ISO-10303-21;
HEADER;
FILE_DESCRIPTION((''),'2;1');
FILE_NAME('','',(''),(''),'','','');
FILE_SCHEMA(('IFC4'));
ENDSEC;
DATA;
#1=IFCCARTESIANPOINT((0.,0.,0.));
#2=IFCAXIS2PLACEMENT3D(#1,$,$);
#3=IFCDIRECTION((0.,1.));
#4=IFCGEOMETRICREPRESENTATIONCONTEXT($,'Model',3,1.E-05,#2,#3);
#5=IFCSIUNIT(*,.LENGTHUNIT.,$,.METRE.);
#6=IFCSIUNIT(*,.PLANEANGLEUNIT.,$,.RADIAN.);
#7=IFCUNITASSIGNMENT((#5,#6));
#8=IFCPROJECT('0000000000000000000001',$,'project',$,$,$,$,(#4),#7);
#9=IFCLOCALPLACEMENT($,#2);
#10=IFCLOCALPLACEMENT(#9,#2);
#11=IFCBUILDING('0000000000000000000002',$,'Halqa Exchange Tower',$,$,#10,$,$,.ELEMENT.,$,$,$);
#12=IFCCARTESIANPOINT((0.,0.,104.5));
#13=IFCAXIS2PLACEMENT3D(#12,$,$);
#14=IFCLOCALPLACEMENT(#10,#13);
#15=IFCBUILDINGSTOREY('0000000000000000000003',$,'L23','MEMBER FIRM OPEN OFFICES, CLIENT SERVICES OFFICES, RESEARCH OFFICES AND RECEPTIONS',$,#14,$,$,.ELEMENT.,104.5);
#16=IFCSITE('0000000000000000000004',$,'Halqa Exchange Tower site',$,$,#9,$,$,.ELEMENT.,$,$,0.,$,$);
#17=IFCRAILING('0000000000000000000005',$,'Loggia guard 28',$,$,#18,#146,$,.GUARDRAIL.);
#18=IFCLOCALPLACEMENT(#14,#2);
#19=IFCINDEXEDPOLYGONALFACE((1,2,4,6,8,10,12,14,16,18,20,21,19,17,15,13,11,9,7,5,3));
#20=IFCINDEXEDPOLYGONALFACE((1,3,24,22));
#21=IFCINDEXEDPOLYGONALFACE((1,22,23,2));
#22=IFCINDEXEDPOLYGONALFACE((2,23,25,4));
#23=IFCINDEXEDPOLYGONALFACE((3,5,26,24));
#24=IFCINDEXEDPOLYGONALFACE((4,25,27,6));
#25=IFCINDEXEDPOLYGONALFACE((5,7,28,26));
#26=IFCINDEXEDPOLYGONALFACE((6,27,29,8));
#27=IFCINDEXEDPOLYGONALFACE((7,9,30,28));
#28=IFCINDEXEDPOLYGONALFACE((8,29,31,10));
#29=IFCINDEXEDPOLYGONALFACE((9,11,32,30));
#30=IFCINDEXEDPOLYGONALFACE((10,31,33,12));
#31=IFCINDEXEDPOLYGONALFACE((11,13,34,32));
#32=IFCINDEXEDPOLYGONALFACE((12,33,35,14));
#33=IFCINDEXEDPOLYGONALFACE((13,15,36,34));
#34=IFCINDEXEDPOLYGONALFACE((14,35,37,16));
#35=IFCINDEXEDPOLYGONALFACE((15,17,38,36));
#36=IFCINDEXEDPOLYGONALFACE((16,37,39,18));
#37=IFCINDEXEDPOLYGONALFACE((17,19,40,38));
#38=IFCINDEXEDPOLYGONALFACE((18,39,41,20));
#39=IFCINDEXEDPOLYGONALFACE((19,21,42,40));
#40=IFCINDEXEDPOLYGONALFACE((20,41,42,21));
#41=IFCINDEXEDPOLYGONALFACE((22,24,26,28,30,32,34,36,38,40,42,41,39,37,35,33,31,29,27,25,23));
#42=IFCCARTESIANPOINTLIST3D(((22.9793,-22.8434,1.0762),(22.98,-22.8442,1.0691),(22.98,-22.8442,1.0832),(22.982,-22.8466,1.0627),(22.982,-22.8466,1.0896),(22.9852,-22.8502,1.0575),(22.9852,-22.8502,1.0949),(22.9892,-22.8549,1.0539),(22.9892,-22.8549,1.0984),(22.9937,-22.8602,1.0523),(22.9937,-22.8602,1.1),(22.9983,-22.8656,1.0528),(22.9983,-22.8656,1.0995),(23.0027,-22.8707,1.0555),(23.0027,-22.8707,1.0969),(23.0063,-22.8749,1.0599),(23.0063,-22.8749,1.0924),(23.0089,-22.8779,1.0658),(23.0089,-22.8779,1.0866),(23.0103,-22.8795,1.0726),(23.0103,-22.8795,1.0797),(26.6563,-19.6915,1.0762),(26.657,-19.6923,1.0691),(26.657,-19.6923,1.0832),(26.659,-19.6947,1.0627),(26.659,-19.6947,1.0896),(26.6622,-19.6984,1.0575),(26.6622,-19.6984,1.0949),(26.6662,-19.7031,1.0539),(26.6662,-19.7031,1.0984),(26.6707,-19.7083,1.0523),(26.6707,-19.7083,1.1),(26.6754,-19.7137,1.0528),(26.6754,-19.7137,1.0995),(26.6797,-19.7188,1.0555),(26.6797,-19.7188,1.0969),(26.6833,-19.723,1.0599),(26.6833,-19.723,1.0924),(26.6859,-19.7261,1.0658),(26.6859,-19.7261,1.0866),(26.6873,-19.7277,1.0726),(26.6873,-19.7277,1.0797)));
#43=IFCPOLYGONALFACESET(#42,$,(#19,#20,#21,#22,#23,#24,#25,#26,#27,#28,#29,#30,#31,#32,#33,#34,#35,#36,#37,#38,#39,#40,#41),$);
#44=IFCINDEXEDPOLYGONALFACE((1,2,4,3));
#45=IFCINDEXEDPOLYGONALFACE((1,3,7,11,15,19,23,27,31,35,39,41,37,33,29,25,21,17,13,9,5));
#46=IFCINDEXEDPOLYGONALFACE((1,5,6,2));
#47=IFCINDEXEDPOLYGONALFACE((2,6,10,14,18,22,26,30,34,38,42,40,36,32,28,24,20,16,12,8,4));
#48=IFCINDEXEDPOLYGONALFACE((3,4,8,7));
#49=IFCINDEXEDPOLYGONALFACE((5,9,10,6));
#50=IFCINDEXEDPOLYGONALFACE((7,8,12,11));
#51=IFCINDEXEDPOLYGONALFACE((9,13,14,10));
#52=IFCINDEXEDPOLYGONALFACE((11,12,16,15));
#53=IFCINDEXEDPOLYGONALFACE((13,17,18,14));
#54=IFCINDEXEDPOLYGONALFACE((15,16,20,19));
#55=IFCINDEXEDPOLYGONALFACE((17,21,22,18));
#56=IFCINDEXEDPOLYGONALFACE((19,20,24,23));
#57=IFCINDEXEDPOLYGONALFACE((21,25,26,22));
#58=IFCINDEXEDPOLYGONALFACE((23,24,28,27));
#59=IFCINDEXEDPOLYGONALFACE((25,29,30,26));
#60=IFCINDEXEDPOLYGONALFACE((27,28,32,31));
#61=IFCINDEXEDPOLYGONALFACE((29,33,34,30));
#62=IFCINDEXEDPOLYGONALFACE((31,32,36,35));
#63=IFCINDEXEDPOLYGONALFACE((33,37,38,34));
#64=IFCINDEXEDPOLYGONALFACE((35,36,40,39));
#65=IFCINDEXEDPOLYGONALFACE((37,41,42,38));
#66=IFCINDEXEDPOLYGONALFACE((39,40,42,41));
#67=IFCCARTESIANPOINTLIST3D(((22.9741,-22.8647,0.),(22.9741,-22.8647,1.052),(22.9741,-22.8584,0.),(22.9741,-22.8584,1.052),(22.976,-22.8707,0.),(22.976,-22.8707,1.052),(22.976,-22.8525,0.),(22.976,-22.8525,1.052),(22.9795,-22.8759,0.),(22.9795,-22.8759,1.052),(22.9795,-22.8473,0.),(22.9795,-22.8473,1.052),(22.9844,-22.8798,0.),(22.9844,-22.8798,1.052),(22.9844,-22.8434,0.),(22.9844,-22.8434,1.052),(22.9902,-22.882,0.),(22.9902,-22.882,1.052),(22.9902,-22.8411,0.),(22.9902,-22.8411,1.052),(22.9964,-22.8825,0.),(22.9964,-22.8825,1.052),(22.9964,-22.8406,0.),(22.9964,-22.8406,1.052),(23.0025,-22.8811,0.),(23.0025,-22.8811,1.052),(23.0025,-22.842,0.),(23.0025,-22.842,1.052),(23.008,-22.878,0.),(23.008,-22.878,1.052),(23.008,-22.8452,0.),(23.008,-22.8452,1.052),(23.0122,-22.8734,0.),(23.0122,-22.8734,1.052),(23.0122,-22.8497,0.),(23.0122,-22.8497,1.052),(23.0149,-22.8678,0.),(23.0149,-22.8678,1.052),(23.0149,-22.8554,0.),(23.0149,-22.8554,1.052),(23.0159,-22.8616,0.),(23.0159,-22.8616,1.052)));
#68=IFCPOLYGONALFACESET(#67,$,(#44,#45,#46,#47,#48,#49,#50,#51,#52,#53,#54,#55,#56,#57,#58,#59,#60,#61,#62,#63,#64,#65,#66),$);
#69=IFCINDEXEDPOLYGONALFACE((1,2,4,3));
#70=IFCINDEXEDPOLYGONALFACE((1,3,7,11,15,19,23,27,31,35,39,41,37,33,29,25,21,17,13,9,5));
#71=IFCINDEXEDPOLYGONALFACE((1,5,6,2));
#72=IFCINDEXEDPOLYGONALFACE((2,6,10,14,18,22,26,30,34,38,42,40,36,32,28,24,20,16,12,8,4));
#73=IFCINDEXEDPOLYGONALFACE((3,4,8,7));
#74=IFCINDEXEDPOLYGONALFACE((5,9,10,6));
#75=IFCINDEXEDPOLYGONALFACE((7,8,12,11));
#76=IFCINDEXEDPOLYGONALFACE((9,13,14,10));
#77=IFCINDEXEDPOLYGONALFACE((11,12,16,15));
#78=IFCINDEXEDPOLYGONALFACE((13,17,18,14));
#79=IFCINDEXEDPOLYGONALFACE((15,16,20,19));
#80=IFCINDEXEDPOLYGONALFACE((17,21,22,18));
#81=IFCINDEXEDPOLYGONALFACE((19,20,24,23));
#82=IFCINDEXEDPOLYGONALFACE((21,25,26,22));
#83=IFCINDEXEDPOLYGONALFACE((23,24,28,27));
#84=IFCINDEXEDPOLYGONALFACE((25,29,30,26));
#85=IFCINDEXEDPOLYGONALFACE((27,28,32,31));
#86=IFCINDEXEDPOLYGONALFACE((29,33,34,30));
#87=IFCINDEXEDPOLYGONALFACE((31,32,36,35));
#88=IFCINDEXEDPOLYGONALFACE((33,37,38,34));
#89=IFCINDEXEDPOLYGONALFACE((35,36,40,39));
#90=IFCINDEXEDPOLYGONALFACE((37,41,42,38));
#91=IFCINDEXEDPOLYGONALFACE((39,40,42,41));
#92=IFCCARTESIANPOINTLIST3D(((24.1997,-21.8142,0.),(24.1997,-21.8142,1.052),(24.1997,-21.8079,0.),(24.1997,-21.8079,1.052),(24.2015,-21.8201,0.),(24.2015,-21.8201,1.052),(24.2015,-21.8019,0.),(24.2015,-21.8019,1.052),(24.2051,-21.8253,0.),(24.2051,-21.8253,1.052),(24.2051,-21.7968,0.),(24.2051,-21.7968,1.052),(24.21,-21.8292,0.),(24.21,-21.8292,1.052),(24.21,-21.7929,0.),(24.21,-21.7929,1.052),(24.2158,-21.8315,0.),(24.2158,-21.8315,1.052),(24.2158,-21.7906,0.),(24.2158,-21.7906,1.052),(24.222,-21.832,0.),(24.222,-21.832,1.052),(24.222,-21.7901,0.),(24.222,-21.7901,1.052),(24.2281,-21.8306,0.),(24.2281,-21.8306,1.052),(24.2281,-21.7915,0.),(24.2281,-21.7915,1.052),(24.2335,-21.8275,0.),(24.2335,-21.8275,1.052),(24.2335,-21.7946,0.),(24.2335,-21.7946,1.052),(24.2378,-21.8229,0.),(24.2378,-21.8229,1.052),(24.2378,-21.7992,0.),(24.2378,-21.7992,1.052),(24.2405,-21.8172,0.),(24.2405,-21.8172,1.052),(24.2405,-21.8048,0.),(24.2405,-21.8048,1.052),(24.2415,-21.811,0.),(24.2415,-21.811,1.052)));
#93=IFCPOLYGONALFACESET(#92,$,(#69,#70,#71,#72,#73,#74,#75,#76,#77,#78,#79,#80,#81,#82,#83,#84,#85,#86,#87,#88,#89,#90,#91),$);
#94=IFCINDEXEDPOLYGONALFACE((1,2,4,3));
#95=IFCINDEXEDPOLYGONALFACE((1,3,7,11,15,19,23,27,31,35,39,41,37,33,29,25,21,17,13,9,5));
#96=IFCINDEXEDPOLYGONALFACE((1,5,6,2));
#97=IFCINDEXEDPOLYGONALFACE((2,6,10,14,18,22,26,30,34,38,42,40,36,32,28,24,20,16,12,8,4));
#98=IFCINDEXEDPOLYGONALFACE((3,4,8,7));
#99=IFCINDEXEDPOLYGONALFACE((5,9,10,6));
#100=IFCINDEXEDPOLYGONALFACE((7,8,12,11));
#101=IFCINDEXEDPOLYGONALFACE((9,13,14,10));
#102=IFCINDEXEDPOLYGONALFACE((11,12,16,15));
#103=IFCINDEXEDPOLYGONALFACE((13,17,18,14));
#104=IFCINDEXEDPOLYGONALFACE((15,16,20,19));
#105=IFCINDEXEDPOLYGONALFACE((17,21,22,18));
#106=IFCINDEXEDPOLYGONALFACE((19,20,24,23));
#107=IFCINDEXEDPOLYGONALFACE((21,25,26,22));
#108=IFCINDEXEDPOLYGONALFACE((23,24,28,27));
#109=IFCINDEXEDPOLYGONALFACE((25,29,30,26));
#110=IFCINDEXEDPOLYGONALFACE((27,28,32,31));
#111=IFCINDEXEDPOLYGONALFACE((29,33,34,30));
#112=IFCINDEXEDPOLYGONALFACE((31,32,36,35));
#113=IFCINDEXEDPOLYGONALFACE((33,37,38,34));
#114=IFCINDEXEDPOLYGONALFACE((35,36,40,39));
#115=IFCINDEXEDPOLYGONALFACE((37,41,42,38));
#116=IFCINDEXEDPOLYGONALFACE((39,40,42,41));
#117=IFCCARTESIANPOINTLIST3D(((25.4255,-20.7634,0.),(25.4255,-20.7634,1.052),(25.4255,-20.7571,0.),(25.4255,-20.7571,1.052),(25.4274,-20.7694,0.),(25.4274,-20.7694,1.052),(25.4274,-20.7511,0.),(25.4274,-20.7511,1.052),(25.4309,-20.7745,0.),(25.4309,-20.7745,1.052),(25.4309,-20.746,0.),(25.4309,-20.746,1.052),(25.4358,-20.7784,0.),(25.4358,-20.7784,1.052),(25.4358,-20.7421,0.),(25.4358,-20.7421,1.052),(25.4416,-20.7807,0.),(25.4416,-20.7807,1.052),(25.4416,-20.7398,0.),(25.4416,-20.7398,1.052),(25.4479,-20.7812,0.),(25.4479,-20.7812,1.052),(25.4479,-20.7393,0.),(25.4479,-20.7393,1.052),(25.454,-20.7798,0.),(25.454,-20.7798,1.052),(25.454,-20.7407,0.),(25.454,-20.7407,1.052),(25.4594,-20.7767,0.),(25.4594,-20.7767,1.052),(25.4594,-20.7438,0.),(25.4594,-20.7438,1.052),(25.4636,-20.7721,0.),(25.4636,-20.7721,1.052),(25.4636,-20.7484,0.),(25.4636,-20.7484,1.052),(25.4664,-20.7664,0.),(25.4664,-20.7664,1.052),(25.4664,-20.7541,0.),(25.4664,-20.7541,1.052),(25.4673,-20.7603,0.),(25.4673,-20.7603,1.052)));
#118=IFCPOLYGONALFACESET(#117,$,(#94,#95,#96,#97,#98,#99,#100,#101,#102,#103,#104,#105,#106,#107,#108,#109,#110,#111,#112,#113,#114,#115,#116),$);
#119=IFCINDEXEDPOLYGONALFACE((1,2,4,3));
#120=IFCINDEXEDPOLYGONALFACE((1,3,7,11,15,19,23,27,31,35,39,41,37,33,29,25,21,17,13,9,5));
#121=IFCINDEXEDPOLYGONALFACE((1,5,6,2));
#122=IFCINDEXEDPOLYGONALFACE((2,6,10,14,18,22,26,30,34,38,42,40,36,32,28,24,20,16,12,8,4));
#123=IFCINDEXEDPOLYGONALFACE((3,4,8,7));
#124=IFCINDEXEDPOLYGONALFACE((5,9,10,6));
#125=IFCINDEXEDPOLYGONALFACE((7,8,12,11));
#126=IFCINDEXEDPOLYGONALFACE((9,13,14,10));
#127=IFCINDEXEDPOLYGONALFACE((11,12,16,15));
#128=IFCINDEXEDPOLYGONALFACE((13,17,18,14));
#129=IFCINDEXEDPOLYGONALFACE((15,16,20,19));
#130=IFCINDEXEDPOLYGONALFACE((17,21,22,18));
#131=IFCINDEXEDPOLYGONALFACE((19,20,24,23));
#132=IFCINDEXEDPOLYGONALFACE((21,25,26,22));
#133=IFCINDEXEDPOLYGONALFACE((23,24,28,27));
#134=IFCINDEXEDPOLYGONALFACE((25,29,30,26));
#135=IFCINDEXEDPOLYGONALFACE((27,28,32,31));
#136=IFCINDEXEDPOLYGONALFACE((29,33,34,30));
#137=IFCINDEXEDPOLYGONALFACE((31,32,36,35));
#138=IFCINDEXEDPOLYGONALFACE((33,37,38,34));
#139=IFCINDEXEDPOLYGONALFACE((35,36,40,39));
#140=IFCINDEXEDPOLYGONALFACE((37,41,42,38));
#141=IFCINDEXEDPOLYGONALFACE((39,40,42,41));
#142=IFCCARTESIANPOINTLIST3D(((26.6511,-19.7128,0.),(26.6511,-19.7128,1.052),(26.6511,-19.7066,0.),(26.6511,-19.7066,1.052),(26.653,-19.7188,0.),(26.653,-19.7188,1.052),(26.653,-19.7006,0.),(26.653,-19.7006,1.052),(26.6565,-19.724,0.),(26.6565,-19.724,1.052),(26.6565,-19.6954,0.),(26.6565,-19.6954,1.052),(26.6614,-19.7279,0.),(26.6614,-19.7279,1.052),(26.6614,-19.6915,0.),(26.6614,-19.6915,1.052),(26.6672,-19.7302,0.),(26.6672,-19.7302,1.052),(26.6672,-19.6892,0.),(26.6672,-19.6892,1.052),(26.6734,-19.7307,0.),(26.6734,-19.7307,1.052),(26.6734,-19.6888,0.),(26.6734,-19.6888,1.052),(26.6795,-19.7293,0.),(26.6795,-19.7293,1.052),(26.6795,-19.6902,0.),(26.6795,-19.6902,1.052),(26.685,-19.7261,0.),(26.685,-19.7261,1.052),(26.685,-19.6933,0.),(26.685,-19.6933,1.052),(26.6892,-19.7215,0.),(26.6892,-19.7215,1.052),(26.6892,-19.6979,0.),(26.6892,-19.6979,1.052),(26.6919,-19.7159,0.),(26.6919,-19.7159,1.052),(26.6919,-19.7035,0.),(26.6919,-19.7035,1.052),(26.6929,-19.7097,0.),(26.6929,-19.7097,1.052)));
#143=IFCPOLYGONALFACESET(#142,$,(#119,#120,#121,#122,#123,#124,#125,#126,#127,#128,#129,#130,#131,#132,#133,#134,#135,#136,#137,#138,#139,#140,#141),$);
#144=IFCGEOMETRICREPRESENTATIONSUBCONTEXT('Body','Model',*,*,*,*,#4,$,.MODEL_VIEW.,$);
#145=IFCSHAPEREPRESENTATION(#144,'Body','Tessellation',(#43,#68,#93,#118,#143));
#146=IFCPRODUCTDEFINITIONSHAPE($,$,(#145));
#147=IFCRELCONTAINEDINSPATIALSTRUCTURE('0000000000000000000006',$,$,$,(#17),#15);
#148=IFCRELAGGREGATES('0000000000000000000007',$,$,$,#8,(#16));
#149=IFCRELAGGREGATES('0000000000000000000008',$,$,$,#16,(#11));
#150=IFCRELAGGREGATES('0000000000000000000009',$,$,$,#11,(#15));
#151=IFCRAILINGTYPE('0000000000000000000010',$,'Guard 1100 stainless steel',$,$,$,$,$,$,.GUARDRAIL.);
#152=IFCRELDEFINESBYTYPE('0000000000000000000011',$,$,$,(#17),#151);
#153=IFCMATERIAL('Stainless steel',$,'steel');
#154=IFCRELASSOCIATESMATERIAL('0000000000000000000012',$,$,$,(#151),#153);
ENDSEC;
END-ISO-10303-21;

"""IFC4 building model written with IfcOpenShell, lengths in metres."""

from ifc_helpers import new_model, si_unit, direction, frame, origin, origin_2d, place, context, subcontext, project, spatial, circle, extrude, material, type_object, element, save


model = new_model("IFC4")

# Units and contexts
model_context = context("Model", 3, precision=1e-05, world=origin(), true_north=direction((0.0, 1.0)))
body_context = subcontext(model_context, "Body", "Model", "MODEL_VIEW")
ifc_project = project(units=[si_unit("LENGTHUNIT", "METRE"), si_unit("PLANEANGLEUNIT", "RADIAN")], contexts=[model_context])

# Site, building, storey
site_placement = place(None, origin())
site = spatial("IfcSite", under=ifc_project, at=site_placement, Name="Halqa Exchange Tower site", CompositionType="ELEMENT", RefElevation=0.0)
building_placement = place(site_placement, origin())
building = spatial("IfcBuilding", under=site, at=building_placement, Name="Halqa Exchange Tower", CompositionType="ELEMENT")
storey_placement = place(building_placement, frame((0.0, 0.0, 104.5)))
storey = spatial("IfcBuildingStorey", under=building, at=storey_placement, Name="L23", Description="MEMBER FIRM OPEN OFFICES, CLIENT SERVICES OFFICES, RESEARCH OFFICES AND RECEPTIONS", CompositionType="ELEMENT", Elevation=104.5)

# Railing
ifc_material_1 = material(Name="Stainless steel", Category="steel")
railing_type = type_object("IfcRailingType", Name="Guard 1100 stainless steel", PredefinedType="GUARDRAIL", material=ifc_material_1)
railing_1_placement = place(storey_placement, frame((22.9949, -22.8616, 0.0)))
element("IfcRailing", 1, at=railing_1_placement, inside=storey, type_object=railing_type, Name="Loggia guard 28", PredefinedType="GUARDRAIL", context=body_context, shape_type="SweptSolid", body=[
    extrude(circle(Radius=0.0239, at=origin_2d()), frame((0.0, 0.0, 1.0762), z_axis=(0.759242, 0.650808, 0.0), x_axis=(-0.650808, 0.759242, 0.0)), (0.0, 0.0, 1.0), 4.843),
    extrude(circle(Radius=0.021, at=origin_2d()), origin(), (0.0, 0.0, 1.0), 1.052),
    extrude(circle(Radius=0.021, at=origin_2d()), frame((1.2256, 1.0505, 0.0)), (0.0, 0.0, 1.0), 1.052),
    extrude(circle(Radius=0.021, at=origin_2d()), frame((2.4514, 2.1013, 0.0)), (0.0, 0.0, 1.0), 1.052),
    extrude(circle(Radius=0.021, at=origin_2d()), frame((3.677, 3.1519, 0.0)), (0.0, 0.0, 1.0), 1.052),
])

save(model, "model.ifc")
